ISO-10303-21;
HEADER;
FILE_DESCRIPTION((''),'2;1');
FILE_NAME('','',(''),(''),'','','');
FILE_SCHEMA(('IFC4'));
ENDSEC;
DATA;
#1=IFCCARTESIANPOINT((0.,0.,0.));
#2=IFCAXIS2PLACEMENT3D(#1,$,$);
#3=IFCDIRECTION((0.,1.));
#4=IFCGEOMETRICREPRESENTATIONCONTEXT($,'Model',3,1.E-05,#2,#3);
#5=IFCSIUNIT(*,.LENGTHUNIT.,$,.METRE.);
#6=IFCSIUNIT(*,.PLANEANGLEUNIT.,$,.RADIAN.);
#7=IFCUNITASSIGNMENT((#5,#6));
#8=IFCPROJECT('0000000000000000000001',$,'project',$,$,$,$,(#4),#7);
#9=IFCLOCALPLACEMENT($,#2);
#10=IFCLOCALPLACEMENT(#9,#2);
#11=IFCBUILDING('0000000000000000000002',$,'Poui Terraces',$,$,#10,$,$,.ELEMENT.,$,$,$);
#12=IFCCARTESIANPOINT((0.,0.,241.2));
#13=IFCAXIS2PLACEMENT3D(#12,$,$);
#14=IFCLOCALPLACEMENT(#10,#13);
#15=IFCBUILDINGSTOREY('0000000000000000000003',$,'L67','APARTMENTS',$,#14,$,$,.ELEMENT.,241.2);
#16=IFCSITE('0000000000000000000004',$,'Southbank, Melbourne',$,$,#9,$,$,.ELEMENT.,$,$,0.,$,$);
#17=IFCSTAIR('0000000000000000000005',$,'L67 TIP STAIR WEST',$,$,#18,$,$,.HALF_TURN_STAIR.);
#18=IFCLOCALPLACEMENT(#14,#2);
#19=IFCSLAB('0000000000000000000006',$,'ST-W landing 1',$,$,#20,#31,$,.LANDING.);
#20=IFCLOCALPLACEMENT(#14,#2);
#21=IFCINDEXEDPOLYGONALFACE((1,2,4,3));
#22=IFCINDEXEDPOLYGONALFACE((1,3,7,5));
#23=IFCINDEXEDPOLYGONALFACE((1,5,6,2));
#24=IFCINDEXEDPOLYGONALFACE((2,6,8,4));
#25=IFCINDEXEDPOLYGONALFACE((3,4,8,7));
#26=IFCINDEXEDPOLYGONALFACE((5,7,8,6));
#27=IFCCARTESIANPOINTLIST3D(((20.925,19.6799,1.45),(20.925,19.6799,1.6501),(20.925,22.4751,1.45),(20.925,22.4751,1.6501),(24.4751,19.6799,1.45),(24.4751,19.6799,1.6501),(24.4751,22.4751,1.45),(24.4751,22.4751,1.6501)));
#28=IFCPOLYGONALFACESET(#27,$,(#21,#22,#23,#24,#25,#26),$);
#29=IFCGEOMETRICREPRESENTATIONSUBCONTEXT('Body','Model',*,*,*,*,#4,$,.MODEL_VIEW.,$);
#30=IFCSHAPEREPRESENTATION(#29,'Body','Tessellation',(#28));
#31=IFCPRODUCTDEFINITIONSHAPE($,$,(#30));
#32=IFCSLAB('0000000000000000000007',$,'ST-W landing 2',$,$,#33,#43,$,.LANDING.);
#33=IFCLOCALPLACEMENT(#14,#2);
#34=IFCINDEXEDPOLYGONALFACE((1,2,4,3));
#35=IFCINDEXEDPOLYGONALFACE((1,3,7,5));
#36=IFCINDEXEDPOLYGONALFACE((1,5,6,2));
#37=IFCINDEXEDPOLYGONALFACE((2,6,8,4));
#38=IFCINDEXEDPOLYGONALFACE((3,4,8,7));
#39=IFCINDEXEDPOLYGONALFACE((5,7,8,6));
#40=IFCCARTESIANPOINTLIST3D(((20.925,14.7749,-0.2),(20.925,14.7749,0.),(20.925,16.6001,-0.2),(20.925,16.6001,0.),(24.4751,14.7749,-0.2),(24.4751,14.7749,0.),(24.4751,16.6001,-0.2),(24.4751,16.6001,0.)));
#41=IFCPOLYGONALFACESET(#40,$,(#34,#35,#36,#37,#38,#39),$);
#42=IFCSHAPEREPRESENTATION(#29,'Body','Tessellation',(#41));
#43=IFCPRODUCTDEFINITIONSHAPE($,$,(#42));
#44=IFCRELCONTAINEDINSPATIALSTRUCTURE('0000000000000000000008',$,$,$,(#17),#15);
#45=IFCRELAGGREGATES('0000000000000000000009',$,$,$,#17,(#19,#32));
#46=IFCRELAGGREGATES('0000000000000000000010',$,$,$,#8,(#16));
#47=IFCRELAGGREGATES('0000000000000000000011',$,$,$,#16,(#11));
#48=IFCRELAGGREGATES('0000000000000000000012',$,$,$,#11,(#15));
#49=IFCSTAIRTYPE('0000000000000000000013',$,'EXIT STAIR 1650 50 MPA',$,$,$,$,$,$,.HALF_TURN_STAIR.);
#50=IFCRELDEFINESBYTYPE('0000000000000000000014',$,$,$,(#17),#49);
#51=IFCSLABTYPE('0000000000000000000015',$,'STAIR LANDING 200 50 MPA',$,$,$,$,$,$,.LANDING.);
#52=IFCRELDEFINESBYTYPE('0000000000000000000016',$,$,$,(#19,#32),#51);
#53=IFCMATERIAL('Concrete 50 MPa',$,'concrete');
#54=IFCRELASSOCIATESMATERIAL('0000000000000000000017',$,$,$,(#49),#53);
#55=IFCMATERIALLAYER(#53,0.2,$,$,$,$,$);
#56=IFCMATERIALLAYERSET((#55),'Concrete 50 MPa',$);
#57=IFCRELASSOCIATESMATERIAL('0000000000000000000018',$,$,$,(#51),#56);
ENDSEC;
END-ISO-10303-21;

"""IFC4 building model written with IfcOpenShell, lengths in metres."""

from ifc_helpers import new_model, si_unit, direction, frame, origin, place, context, subcontext, project, spatial, polyline, outline, extrude, material, layer, layer_set, type_object, element, aggregate, save


model = new_model("IFC4")

# Units and contexts
model_context = context("Model", 3, precision=1e-05, world=origin(), true_north=direction((0.0, 1.0)))
body_context = subcontext(model_context, "Body", "Model", "MODEL_VIEW")
ifc_project = project(units=[si_unit("LENGTHUNIT", "METRE"), si_unit("PLANEANGLEUNIT", "RADIAN")], contexts=[model_context])

# Site, building, storey
site_placement = place(None, origin())
site = spatial("IfcSite", under=ifc_project, at=site_placement, Name="Southbank, Melbourne", CompositionType="ELEMENT", RefElevation=0.0)
building_placement = place(site_placement, origin())
building = spatial("IfcBuilding", under=site, at=building_placement, Name="Poui Terraces", CompositionType="ELEMENT")
storey_placement = place(building_placement, frame((0.0, 0.0, 241.2)))
storey = spatial("IfcBuildingStorey", under=building, at=storey_placement, Name="L67", Description="APARTMENTS", CompositionType="ELEMENT", Elevation=241.2)

# Stair, slabs
ifc_material = material(Name="Concrete 50 MPa", Category="concrete")
stair_type = type_object("IfcStairType", Name="EXIT STAIR 1650 50 MPA", PredefinedType="HALF_TURN_STAIR", material=ifc_material)
stair_placement = place(storey_placement, origin())
stair = element("IfcStair", 1, at=stair_placement, inside=storey, type_object=stair_type, Name="L67 TIP STAIR WEST", PredefinedType="HALF_TURN_STAIR")
ifc_layer = layer(ifc_material, 0.2)
ifc_layer_set = layer_set([ifc_layer], Name="Concrete 50 MPa")
slab_type = type_object("IfcSlabType", Name="STAIR LANDING 200 50 MPA", PredefinedType="LANDING", material=ifc_layer_set)
slab_1_placement = place(storey_placement, frame((0.0, 0.0, 1.45)))
slab_1 = element("IfcSlab", 2, at=slab_1_placement, type_object=slab_type, Name="ST-W landing 1", PredefinedType="LANDING", context=body_context, shape_type="SweptSolid", body=[
    extrude(outline(polyline([(20.925, 19.6799), (24.4751, 19.6799), (24.4751, 22.4751), (20.925, 22.4751), (20.925, 19.6799)])), origin(), (0.0, 0.0, 1.0), 0.2002),
])
slab_2_placement = place(storey_placement, frame((0.0, 0.0, -0.2)))
slab_2 = element("IfcSlab", 3, at=slab_2_placement, type_object=slab_type, Name="ST-W landing 2", PredefinedType="LANDING", context=body_context, shape_type="SweptSolid", body=[
    extrude(outline(polyline([(20.925, 14.7749), (24.4751, 14.7749), (24.4751, 16.6001), (20.925, 16.6001), (20.925, 14.7749)])), origin(), (0.0, 0.0, 1.0), 0.2),
])
aggregate(stair, [slab_1, slab_2])

save(model, "model.ifc")
